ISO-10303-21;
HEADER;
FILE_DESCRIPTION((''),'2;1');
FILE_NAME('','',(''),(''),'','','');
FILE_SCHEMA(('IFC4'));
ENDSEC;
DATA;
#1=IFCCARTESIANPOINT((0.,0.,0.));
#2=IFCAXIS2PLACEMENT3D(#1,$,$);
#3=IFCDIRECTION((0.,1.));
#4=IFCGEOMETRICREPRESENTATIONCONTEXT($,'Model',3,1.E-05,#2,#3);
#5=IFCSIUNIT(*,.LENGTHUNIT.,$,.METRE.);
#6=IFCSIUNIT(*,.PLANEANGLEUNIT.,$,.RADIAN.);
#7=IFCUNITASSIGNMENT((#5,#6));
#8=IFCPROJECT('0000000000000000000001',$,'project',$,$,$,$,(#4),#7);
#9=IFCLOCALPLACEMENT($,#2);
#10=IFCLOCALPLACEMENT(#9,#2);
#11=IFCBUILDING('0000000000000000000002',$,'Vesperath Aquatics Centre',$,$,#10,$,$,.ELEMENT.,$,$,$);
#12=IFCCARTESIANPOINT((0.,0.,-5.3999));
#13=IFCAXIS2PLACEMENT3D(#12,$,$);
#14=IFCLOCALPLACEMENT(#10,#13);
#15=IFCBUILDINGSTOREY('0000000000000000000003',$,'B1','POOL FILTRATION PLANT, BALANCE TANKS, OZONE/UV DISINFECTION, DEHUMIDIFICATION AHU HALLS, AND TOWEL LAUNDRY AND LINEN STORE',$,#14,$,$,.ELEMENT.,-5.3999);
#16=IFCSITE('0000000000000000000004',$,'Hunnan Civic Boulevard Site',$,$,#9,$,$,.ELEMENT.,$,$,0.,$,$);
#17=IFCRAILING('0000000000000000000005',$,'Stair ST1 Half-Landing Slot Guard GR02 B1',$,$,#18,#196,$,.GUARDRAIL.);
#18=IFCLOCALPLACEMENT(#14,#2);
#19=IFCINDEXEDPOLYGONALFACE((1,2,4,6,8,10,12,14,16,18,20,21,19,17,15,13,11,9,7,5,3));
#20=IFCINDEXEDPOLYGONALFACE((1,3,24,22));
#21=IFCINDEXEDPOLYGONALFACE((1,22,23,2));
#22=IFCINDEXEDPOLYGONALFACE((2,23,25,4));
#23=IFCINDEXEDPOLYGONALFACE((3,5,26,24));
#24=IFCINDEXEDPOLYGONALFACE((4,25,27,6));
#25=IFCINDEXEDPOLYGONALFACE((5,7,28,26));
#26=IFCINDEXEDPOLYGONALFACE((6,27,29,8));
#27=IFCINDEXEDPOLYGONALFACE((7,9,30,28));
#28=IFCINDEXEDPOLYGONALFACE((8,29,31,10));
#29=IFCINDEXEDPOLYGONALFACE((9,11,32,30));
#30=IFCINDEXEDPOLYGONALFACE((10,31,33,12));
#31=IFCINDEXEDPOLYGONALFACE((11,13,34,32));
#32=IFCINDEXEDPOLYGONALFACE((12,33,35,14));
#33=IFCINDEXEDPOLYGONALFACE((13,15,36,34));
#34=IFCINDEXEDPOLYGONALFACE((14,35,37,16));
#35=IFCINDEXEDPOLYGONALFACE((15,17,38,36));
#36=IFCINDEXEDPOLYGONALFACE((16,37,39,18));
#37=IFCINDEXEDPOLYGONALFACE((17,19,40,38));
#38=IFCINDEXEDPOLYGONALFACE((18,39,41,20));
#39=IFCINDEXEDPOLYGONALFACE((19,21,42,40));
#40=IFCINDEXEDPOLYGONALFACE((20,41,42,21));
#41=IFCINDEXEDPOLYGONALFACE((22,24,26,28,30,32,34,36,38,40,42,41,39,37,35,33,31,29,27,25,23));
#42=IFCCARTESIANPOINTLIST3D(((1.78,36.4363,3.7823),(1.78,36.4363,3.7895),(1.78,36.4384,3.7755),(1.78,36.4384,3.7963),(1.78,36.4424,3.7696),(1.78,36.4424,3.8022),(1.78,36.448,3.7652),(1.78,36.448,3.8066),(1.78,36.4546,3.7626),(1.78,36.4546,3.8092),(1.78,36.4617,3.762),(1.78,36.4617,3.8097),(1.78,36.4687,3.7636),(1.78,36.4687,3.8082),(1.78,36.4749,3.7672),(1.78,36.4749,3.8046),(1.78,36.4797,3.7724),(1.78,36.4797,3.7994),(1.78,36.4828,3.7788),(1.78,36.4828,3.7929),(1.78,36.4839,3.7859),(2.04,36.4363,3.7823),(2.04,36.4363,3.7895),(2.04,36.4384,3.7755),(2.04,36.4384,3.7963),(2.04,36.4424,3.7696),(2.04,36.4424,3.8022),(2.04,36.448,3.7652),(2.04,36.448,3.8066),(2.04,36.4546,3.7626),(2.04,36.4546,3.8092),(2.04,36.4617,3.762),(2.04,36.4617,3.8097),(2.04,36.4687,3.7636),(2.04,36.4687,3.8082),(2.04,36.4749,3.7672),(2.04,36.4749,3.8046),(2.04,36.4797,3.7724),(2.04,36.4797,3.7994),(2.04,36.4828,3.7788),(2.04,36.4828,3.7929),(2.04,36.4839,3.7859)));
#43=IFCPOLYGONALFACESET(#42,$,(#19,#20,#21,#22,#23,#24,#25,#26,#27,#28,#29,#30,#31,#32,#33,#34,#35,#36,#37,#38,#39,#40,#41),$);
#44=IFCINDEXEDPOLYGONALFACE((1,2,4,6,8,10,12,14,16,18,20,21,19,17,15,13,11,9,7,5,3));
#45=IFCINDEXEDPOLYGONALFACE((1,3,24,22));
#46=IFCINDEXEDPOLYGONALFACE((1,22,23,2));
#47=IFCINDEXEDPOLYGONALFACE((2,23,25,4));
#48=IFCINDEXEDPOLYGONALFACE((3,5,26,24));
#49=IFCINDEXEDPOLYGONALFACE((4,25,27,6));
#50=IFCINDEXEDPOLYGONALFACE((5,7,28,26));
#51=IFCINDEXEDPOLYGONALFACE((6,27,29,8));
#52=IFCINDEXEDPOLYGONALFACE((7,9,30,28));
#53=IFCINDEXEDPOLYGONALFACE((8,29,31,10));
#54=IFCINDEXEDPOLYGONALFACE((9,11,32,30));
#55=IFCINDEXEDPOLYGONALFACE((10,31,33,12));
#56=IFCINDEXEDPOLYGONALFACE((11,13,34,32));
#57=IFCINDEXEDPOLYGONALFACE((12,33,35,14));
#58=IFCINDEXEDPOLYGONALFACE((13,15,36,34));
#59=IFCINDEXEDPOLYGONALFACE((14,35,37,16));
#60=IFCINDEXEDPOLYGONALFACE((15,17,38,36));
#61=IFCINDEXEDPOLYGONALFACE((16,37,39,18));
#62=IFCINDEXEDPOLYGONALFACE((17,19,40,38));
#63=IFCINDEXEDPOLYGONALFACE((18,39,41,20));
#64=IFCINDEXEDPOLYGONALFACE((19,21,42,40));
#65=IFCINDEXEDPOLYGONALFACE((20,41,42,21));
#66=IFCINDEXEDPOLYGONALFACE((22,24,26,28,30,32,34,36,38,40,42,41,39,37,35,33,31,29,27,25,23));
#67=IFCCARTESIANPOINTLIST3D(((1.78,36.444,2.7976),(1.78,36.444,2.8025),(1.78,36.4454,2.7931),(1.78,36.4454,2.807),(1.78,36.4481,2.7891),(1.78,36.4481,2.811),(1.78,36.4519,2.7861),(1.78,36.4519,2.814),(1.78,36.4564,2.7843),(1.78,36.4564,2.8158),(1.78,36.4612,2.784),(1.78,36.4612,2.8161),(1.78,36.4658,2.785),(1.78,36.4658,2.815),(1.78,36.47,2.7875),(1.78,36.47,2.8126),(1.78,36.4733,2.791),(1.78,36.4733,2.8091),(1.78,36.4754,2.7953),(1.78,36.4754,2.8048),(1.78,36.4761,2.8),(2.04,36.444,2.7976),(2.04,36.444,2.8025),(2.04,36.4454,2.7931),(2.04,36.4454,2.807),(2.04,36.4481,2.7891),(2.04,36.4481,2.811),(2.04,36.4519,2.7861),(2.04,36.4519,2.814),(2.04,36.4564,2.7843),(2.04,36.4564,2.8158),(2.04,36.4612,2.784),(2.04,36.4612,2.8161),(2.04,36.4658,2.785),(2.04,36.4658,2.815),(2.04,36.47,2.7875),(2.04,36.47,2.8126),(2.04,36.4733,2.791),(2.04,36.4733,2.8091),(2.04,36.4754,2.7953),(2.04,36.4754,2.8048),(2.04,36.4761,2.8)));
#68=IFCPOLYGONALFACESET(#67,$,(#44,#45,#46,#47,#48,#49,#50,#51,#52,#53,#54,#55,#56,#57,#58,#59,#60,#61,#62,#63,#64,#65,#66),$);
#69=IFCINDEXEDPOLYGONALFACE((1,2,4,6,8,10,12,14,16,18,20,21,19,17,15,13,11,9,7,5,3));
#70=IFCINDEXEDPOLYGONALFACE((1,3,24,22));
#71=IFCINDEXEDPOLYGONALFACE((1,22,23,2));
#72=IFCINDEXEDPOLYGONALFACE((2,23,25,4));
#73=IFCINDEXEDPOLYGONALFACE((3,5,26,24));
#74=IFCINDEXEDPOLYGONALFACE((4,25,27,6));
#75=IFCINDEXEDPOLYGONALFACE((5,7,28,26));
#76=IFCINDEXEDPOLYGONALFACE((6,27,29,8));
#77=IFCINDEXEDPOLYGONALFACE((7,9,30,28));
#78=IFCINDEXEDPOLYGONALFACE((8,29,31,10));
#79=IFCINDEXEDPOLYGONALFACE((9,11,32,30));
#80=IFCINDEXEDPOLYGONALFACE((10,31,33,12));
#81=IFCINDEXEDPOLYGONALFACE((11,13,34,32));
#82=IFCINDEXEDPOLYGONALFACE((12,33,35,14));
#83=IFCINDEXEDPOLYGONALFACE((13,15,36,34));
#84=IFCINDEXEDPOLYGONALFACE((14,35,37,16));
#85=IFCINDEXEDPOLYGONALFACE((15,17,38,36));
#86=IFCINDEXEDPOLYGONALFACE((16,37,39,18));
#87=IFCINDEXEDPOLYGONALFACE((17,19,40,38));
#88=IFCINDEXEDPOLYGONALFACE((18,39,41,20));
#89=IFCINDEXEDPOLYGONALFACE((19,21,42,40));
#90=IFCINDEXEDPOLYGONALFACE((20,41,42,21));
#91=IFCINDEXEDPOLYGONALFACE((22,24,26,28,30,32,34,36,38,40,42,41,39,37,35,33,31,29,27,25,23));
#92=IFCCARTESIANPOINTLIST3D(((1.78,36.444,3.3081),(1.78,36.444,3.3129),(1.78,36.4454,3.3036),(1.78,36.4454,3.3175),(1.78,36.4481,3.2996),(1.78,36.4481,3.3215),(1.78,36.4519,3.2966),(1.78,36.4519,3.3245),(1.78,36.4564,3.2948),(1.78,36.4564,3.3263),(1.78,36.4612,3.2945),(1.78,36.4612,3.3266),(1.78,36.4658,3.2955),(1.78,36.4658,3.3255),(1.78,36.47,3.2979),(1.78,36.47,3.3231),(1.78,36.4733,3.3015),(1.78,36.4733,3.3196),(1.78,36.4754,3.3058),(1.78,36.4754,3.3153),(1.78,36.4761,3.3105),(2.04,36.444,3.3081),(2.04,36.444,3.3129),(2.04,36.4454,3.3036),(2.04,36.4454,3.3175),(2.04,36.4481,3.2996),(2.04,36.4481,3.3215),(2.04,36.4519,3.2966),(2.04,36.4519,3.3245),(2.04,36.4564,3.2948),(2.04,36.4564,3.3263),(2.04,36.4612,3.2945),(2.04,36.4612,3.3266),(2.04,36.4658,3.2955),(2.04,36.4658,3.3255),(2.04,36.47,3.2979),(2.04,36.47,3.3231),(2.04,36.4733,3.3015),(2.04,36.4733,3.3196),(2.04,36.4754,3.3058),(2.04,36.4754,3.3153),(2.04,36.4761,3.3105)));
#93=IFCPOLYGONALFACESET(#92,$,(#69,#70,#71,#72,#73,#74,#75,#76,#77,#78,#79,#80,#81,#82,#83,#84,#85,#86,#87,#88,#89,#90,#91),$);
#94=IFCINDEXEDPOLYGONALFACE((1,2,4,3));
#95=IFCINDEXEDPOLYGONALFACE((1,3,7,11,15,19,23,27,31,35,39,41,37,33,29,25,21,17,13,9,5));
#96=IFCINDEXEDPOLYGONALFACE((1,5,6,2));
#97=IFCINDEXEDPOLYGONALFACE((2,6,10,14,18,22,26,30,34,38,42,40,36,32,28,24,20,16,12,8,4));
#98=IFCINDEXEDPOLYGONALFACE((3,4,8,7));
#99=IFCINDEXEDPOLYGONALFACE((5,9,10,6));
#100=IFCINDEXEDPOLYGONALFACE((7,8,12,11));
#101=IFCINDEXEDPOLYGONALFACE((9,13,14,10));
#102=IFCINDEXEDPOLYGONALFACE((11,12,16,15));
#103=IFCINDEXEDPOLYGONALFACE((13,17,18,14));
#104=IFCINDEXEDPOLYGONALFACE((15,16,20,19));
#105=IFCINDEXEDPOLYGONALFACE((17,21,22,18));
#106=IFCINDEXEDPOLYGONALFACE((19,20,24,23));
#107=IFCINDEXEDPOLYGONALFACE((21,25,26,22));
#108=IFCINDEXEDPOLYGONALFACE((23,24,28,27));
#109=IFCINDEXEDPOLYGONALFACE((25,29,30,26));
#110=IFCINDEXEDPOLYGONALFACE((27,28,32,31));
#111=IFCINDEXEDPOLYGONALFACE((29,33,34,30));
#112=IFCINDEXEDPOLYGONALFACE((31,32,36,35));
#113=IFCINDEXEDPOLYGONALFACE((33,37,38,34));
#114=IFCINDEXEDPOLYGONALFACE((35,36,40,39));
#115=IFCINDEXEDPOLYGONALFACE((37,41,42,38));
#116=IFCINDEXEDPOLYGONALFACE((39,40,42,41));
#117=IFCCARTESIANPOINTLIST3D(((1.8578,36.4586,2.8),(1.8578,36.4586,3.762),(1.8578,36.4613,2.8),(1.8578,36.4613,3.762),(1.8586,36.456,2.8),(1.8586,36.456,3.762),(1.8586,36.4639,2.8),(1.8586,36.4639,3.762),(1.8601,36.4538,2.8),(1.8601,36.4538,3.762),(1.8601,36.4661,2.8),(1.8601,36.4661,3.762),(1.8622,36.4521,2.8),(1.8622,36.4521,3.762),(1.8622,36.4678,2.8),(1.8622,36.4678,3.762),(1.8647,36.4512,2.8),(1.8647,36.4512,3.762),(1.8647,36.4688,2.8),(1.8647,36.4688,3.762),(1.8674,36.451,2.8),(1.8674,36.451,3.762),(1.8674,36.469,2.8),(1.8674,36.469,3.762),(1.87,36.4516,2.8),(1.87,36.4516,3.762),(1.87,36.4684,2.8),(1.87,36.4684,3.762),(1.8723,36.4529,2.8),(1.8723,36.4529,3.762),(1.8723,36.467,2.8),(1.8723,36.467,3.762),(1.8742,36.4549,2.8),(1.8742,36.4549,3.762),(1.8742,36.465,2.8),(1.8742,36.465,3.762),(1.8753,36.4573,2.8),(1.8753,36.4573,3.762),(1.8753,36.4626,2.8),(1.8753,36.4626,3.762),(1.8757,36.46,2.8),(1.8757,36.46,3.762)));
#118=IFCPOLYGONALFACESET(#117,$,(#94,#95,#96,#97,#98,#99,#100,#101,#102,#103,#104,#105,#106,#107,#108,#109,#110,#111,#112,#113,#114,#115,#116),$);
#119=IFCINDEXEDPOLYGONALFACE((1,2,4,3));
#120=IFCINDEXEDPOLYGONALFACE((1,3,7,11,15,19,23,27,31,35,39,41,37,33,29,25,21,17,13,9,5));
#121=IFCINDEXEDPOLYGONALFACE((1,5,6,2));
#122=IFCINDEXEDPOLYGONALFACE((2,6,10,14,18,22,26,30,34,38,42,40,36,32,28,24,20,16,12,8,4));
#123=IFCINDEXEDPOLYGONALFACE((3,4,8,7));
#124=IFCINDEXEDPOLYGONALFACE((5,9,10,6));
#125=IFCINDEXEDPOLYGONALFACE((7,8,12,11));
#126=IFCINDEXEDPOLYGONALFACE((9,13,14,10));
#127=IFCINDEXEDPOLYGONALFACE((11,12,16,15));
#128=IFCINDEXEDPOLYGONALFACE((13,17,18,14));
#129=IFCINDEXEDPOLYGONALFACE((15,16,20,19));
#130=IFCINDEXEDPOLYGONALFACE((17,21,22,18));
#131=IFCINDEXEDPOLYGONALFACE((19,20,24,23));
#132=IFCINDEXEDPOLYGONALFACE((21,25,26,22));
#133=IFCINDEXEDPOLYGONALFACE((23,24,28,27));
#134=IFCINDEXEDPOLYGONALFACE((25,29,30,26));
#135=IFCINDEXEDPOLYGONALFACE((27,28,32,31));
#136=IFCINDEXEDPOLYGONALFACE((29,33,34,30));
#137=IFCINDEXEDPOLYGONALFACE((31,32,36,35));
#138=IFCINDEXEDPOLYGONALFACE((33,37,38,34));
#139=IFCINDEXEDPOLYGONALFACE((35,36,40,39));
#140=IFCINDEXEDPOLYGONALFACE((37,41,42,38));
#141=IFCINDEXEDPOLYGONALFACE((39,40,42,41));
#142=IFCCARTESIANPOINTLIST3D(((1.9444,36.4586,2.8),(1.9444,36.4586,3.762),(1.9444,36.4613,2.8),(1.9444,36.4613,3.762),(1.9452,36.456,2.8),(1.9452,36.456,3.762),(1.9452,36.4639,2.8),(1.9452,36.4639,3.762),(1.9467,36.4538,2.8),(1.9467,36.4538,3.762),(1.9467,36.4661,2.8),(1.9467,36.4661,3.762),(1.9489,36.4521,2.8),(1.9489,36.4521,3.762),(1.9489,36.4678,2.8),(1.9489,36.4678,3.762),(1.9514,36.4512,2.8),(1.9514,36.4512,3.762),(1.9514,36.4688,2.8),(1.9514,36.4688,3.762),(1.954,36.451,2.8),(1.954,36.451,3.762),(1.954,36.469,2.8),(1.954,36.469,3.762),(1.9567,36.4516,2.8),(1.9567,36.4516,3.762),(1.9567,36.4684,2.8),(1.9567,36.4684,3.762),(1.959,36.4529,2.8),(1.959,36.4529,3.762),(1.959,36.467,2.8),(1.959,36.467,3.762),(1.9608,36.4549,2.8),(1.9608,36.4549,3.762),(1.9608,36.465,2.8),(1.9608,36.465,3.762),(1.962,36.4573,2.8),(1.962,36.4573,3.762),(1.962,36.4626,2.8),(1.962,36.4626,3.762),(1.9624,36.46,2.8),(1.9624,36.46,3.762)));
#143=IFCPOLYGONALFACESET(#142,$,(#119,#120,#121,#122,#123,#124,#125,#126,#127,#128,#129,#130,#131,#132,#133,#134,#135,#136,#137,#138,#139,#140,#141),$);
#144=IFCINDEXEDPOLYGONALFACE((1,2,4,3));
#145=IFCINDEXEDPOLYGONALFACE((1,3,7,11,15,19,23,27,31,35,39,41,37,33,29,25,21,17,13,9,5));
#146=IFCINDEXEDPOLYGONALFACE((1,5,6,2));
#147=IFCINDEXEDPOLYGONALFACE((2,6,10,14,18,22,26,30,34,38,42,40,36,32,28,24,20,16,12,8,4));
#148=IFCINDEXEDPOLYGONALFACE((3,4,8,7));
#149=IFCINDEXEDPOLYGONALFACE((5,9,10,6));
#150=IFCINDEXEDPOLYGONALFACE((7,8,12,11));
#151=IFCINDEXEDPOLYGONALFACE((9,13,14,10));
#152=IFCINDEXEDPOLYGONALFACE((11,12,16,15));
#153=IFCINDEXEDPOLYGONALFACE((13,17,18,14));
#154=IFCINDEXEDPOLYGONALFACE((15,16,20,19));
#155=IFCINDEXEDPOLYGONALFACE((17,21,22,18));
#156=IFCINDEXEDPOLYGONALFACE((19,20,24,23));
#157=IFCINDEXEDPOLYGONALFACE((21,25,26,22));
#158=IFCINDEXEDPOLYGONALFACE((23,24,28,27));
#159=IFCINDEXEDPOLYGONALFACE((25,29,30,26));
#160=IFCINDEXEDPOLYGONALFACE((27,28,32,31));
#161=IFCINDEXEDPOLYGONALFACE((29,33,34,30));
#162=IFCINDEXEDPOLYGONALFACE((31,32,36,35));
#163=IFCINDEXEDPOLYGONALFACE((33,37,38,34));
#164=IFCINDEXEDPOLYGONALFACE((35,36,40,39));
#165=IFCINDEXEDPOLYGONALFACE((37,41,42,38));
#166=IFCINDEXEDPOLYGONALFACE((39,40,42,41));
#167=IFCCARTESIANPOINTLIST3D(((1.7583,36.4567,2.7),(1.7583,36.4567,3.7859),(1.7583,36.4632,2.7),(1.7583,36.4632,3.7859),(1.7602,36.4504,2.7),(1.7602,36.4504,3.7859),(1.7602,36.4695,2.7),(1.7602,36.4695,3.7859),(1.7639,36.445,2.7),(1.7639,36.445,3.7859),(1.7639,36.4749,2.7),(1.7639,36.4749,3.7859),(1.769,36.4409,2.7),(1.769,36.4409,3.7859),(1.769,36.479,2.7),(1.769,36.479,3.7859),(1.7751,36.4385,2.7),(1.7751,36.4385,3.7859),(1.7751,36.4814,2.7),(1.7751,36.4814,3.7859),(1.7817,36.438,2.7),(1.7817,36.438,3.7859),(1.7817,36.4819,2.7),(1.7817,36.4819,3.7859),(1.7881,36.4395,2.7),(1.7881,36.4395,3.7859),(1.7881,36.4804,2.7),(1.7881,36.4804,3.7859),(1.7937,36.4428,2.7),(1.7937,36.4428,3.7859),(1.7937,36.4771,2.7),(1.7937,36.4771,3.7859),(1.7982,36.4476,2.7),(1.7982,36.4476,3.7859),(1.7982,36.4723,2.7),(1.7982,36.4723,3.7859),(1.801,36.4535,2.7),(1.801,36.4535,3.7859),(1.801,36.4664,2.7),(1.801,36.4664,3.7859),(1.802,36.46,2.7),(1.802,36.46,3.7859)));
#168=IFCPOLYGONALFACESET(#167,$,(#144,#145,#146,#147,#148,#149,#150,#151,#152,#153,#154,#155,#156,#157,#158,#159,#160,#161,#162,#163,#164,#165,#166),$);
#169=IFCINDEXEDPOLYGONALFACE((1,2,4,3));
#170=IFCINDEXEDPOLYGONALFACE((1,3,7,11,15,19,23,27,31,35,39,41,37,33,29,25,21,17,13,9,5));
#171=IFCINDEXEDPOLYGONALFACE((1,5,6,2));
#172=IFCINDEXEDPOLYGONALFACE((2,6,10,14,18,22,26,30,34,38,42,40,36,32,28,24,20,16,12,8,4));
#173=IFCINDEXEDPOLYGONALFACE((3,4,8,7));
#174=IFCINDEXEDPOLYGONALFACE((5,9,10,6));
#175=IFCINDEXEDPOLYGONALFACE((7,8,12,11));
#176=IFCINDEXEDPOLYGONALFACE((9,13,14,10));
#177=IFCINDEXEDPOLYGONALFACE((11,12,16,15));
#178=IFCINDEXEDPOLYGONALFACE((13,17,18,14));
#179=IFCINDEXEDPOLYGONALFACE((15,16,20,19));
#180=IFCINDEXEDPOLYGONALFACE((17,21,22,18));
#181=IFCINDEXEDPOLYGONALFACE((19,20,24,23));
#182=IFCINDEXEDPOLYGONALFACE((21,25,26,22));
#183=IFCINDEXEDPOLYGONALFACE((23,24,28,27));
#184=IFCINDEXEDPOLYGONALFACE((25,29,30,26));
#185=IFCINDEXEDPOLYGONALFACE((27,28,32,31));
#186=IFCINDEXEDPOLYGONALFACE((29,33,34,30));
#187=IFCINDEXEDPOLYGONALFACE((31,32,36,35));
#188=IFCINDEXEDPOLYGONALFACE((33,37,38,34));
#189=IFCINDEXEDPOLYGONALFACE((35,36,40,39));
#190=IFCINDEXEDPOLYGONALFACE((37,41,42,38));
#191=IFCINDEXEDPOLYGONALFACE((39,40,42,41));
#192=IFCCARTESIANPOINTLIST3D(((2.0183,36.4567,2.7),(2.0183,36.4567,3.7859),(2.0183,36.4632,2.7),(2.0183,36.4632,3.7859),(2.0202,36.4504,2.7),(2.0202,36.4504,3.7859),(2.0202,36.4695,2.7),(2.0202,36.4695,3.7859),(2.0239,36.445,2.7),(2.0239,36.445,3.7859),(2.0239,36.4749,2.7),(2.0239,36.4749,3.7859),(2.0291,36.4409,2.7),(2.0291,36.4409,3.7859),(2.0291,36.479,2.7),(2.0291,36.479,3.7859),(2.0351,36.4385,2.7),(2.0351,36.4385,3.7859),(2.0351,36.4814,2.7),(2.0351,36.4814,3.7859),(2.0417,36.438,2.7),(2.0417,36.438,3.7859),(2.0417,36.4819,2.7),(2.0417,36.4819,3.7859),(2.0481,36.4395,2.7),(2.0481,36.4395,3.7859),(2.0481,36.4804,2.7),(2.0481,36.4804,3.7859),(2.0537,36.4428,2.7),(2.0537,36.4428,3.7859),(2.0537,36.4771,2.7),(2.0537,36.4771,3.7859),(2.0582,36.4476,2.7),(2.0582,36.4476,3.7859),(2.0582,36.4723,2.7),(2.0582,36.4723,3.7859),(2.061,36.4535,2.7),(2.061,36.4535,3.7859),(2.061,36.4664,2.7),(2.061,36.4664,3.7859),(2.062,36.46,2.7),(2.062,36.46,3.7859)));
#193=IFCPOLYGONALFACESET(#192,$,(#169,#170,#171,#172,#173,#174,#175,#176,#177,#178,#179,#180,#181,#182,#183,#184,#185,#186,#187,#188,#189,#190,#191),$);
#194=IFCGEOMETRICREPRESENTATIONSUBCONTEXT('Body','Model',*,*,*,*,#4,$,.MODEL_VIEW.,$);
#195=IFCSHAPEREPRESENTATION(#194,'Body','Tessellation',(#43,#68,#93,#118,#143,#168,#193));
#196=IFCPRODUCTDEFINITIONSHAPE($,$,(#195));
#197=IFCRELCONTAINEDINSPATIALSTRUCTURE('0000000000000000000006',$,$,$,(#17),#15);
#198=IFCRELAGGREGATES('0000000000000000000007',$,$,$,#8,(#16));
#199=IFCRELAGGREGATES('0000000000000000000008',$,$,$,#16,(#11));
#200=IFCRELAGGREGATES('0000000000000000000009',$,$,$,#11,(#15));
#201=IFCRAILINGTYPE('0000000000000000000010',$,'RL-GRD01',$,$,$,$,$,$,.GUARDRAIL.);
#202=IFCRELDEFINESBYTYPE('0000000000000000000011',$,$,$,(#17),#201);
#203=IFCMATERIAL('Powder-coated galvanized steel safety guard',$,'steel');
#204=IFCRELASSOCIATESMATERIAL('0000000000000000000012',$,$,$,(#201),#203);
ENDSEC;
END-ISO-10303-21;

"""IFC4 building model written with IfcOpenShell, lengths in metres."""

from ifc_helpers import new_model, si_unit, direction, frame, origin, origin_2d, place, context, subcontext, project, spatial, circle, extrude, material, type_object, element, save


model = new_model("IFC4")

# Units and contexts
model_context = context("Model", 3, precision=1e-05, world=origin(), true_north=direction((0.0, 1.0)))
body_context = subcontext(model_context, "Body", "Model", "MODEL_VIEW")
ifc_project = project(units=[si_unit("LENGTHUNIT", "METRE"), si_unit("PLANEANGLEUNIT", "RADIAN")], contexts=[model_context])

# Site, building, storey
site_placement = place(None, origin())
site = spatial("IfcSite", under=ifc_project, at=site_placement, Name="Hunnan Civic Boulevard Site", CompositionType="ELEMENT", RefElevation=0.0)
building_placement = place(site_placement, origin())
building = spatial("IfcBuilding", under=site, at=building_placement, Name="Vesperath Aquatics Centre", CompositionType="ELEMENT")
storey_placement = place(building_placement, frame((0.0, 0.0, -5.3999)))
storey = spatial("IfcBuildingStorey", under=building, at=storey_placement, Name="B1", Description="POOL FILTRATION PLANT, BALANCE TANKS, OZONE/UV DISINFECTION, DEHUMIDIFICATION AHU HALLS, AND TOWEL LAUNDRY AND LINEN STORE", CompositionType="ELEMENT", Elevation=-5.3999)

# Railing
ifc_material_1 = material(Name="Powder-coated galvanized steel safety guard", Category="steel")
railing_type_1 = type_object("IfcRailingType", Name="RL-GRD01", PredefinedType="GUARDRAIL", material=ifc_material_1)
railing_1_placement = place(storey_placement, frame((1.78, 36.46, 2.7)))
element("IfcRailing", 1, at=railing_1_placement, inside=storey, type_object=railing_type_1, Name="Stair ST1 Half-Landing Slot Guard GR02 B1", PredefinedType="GUARDRAIL", context=body_context, shape_type="SweptSolid", body=[
    extrude(circle(Radius=0.0239, at=origin_2d()), frame((0.0, 0.0, 1.0859), z_axis=(1.0, 0.0, 0.0), x_axis=(0.0, 1.0, 0.0)), (0.0, 0.0, 1.0), 0.26),
    extrude(circle(Radius=0.0161, at=origin_2d()), frame((0.0, 0.0, 0.1001), z_axis=(1.0, 0.0, 0.0), x_axis=(0.0, 1.0, 0.0)), (0.0, 0.0, 1.0), 0.26),
    extrude(circle(Radius=0.0161, at=origin_2d()), frame((0.0, 0.0, 0.6106), z_axis=(1.0, 0.0, 0.0), x_axis=(0.0, 1.0, 0.0)), (0.0, 0.0, 1.0), 0.26),
    extrude(circle(Radius=0.009, at=origin_2d()), frame((0.0867, 0.0, 0.1001)), (0.0, 0.0, 1.0), 0.9619),
    extrude(circle(Radius=0.009, at=origin_2d()), frame((0.1733, 0.0, 0.1001)), (0.0, 0.0, 1.0), 0.9619),
    extrude(circle(Radius=0.022, at=origin_2d()), origin(), (0.0, 0.0, 1.0), 1.0859),
    extrude(circle(Radius=0.022, at=origin_2d()), frame((0.26, 0.0, 0.0)), (0.0, 0.0, 1.0), 1.0859),
])

save(model, "model.ifc")
